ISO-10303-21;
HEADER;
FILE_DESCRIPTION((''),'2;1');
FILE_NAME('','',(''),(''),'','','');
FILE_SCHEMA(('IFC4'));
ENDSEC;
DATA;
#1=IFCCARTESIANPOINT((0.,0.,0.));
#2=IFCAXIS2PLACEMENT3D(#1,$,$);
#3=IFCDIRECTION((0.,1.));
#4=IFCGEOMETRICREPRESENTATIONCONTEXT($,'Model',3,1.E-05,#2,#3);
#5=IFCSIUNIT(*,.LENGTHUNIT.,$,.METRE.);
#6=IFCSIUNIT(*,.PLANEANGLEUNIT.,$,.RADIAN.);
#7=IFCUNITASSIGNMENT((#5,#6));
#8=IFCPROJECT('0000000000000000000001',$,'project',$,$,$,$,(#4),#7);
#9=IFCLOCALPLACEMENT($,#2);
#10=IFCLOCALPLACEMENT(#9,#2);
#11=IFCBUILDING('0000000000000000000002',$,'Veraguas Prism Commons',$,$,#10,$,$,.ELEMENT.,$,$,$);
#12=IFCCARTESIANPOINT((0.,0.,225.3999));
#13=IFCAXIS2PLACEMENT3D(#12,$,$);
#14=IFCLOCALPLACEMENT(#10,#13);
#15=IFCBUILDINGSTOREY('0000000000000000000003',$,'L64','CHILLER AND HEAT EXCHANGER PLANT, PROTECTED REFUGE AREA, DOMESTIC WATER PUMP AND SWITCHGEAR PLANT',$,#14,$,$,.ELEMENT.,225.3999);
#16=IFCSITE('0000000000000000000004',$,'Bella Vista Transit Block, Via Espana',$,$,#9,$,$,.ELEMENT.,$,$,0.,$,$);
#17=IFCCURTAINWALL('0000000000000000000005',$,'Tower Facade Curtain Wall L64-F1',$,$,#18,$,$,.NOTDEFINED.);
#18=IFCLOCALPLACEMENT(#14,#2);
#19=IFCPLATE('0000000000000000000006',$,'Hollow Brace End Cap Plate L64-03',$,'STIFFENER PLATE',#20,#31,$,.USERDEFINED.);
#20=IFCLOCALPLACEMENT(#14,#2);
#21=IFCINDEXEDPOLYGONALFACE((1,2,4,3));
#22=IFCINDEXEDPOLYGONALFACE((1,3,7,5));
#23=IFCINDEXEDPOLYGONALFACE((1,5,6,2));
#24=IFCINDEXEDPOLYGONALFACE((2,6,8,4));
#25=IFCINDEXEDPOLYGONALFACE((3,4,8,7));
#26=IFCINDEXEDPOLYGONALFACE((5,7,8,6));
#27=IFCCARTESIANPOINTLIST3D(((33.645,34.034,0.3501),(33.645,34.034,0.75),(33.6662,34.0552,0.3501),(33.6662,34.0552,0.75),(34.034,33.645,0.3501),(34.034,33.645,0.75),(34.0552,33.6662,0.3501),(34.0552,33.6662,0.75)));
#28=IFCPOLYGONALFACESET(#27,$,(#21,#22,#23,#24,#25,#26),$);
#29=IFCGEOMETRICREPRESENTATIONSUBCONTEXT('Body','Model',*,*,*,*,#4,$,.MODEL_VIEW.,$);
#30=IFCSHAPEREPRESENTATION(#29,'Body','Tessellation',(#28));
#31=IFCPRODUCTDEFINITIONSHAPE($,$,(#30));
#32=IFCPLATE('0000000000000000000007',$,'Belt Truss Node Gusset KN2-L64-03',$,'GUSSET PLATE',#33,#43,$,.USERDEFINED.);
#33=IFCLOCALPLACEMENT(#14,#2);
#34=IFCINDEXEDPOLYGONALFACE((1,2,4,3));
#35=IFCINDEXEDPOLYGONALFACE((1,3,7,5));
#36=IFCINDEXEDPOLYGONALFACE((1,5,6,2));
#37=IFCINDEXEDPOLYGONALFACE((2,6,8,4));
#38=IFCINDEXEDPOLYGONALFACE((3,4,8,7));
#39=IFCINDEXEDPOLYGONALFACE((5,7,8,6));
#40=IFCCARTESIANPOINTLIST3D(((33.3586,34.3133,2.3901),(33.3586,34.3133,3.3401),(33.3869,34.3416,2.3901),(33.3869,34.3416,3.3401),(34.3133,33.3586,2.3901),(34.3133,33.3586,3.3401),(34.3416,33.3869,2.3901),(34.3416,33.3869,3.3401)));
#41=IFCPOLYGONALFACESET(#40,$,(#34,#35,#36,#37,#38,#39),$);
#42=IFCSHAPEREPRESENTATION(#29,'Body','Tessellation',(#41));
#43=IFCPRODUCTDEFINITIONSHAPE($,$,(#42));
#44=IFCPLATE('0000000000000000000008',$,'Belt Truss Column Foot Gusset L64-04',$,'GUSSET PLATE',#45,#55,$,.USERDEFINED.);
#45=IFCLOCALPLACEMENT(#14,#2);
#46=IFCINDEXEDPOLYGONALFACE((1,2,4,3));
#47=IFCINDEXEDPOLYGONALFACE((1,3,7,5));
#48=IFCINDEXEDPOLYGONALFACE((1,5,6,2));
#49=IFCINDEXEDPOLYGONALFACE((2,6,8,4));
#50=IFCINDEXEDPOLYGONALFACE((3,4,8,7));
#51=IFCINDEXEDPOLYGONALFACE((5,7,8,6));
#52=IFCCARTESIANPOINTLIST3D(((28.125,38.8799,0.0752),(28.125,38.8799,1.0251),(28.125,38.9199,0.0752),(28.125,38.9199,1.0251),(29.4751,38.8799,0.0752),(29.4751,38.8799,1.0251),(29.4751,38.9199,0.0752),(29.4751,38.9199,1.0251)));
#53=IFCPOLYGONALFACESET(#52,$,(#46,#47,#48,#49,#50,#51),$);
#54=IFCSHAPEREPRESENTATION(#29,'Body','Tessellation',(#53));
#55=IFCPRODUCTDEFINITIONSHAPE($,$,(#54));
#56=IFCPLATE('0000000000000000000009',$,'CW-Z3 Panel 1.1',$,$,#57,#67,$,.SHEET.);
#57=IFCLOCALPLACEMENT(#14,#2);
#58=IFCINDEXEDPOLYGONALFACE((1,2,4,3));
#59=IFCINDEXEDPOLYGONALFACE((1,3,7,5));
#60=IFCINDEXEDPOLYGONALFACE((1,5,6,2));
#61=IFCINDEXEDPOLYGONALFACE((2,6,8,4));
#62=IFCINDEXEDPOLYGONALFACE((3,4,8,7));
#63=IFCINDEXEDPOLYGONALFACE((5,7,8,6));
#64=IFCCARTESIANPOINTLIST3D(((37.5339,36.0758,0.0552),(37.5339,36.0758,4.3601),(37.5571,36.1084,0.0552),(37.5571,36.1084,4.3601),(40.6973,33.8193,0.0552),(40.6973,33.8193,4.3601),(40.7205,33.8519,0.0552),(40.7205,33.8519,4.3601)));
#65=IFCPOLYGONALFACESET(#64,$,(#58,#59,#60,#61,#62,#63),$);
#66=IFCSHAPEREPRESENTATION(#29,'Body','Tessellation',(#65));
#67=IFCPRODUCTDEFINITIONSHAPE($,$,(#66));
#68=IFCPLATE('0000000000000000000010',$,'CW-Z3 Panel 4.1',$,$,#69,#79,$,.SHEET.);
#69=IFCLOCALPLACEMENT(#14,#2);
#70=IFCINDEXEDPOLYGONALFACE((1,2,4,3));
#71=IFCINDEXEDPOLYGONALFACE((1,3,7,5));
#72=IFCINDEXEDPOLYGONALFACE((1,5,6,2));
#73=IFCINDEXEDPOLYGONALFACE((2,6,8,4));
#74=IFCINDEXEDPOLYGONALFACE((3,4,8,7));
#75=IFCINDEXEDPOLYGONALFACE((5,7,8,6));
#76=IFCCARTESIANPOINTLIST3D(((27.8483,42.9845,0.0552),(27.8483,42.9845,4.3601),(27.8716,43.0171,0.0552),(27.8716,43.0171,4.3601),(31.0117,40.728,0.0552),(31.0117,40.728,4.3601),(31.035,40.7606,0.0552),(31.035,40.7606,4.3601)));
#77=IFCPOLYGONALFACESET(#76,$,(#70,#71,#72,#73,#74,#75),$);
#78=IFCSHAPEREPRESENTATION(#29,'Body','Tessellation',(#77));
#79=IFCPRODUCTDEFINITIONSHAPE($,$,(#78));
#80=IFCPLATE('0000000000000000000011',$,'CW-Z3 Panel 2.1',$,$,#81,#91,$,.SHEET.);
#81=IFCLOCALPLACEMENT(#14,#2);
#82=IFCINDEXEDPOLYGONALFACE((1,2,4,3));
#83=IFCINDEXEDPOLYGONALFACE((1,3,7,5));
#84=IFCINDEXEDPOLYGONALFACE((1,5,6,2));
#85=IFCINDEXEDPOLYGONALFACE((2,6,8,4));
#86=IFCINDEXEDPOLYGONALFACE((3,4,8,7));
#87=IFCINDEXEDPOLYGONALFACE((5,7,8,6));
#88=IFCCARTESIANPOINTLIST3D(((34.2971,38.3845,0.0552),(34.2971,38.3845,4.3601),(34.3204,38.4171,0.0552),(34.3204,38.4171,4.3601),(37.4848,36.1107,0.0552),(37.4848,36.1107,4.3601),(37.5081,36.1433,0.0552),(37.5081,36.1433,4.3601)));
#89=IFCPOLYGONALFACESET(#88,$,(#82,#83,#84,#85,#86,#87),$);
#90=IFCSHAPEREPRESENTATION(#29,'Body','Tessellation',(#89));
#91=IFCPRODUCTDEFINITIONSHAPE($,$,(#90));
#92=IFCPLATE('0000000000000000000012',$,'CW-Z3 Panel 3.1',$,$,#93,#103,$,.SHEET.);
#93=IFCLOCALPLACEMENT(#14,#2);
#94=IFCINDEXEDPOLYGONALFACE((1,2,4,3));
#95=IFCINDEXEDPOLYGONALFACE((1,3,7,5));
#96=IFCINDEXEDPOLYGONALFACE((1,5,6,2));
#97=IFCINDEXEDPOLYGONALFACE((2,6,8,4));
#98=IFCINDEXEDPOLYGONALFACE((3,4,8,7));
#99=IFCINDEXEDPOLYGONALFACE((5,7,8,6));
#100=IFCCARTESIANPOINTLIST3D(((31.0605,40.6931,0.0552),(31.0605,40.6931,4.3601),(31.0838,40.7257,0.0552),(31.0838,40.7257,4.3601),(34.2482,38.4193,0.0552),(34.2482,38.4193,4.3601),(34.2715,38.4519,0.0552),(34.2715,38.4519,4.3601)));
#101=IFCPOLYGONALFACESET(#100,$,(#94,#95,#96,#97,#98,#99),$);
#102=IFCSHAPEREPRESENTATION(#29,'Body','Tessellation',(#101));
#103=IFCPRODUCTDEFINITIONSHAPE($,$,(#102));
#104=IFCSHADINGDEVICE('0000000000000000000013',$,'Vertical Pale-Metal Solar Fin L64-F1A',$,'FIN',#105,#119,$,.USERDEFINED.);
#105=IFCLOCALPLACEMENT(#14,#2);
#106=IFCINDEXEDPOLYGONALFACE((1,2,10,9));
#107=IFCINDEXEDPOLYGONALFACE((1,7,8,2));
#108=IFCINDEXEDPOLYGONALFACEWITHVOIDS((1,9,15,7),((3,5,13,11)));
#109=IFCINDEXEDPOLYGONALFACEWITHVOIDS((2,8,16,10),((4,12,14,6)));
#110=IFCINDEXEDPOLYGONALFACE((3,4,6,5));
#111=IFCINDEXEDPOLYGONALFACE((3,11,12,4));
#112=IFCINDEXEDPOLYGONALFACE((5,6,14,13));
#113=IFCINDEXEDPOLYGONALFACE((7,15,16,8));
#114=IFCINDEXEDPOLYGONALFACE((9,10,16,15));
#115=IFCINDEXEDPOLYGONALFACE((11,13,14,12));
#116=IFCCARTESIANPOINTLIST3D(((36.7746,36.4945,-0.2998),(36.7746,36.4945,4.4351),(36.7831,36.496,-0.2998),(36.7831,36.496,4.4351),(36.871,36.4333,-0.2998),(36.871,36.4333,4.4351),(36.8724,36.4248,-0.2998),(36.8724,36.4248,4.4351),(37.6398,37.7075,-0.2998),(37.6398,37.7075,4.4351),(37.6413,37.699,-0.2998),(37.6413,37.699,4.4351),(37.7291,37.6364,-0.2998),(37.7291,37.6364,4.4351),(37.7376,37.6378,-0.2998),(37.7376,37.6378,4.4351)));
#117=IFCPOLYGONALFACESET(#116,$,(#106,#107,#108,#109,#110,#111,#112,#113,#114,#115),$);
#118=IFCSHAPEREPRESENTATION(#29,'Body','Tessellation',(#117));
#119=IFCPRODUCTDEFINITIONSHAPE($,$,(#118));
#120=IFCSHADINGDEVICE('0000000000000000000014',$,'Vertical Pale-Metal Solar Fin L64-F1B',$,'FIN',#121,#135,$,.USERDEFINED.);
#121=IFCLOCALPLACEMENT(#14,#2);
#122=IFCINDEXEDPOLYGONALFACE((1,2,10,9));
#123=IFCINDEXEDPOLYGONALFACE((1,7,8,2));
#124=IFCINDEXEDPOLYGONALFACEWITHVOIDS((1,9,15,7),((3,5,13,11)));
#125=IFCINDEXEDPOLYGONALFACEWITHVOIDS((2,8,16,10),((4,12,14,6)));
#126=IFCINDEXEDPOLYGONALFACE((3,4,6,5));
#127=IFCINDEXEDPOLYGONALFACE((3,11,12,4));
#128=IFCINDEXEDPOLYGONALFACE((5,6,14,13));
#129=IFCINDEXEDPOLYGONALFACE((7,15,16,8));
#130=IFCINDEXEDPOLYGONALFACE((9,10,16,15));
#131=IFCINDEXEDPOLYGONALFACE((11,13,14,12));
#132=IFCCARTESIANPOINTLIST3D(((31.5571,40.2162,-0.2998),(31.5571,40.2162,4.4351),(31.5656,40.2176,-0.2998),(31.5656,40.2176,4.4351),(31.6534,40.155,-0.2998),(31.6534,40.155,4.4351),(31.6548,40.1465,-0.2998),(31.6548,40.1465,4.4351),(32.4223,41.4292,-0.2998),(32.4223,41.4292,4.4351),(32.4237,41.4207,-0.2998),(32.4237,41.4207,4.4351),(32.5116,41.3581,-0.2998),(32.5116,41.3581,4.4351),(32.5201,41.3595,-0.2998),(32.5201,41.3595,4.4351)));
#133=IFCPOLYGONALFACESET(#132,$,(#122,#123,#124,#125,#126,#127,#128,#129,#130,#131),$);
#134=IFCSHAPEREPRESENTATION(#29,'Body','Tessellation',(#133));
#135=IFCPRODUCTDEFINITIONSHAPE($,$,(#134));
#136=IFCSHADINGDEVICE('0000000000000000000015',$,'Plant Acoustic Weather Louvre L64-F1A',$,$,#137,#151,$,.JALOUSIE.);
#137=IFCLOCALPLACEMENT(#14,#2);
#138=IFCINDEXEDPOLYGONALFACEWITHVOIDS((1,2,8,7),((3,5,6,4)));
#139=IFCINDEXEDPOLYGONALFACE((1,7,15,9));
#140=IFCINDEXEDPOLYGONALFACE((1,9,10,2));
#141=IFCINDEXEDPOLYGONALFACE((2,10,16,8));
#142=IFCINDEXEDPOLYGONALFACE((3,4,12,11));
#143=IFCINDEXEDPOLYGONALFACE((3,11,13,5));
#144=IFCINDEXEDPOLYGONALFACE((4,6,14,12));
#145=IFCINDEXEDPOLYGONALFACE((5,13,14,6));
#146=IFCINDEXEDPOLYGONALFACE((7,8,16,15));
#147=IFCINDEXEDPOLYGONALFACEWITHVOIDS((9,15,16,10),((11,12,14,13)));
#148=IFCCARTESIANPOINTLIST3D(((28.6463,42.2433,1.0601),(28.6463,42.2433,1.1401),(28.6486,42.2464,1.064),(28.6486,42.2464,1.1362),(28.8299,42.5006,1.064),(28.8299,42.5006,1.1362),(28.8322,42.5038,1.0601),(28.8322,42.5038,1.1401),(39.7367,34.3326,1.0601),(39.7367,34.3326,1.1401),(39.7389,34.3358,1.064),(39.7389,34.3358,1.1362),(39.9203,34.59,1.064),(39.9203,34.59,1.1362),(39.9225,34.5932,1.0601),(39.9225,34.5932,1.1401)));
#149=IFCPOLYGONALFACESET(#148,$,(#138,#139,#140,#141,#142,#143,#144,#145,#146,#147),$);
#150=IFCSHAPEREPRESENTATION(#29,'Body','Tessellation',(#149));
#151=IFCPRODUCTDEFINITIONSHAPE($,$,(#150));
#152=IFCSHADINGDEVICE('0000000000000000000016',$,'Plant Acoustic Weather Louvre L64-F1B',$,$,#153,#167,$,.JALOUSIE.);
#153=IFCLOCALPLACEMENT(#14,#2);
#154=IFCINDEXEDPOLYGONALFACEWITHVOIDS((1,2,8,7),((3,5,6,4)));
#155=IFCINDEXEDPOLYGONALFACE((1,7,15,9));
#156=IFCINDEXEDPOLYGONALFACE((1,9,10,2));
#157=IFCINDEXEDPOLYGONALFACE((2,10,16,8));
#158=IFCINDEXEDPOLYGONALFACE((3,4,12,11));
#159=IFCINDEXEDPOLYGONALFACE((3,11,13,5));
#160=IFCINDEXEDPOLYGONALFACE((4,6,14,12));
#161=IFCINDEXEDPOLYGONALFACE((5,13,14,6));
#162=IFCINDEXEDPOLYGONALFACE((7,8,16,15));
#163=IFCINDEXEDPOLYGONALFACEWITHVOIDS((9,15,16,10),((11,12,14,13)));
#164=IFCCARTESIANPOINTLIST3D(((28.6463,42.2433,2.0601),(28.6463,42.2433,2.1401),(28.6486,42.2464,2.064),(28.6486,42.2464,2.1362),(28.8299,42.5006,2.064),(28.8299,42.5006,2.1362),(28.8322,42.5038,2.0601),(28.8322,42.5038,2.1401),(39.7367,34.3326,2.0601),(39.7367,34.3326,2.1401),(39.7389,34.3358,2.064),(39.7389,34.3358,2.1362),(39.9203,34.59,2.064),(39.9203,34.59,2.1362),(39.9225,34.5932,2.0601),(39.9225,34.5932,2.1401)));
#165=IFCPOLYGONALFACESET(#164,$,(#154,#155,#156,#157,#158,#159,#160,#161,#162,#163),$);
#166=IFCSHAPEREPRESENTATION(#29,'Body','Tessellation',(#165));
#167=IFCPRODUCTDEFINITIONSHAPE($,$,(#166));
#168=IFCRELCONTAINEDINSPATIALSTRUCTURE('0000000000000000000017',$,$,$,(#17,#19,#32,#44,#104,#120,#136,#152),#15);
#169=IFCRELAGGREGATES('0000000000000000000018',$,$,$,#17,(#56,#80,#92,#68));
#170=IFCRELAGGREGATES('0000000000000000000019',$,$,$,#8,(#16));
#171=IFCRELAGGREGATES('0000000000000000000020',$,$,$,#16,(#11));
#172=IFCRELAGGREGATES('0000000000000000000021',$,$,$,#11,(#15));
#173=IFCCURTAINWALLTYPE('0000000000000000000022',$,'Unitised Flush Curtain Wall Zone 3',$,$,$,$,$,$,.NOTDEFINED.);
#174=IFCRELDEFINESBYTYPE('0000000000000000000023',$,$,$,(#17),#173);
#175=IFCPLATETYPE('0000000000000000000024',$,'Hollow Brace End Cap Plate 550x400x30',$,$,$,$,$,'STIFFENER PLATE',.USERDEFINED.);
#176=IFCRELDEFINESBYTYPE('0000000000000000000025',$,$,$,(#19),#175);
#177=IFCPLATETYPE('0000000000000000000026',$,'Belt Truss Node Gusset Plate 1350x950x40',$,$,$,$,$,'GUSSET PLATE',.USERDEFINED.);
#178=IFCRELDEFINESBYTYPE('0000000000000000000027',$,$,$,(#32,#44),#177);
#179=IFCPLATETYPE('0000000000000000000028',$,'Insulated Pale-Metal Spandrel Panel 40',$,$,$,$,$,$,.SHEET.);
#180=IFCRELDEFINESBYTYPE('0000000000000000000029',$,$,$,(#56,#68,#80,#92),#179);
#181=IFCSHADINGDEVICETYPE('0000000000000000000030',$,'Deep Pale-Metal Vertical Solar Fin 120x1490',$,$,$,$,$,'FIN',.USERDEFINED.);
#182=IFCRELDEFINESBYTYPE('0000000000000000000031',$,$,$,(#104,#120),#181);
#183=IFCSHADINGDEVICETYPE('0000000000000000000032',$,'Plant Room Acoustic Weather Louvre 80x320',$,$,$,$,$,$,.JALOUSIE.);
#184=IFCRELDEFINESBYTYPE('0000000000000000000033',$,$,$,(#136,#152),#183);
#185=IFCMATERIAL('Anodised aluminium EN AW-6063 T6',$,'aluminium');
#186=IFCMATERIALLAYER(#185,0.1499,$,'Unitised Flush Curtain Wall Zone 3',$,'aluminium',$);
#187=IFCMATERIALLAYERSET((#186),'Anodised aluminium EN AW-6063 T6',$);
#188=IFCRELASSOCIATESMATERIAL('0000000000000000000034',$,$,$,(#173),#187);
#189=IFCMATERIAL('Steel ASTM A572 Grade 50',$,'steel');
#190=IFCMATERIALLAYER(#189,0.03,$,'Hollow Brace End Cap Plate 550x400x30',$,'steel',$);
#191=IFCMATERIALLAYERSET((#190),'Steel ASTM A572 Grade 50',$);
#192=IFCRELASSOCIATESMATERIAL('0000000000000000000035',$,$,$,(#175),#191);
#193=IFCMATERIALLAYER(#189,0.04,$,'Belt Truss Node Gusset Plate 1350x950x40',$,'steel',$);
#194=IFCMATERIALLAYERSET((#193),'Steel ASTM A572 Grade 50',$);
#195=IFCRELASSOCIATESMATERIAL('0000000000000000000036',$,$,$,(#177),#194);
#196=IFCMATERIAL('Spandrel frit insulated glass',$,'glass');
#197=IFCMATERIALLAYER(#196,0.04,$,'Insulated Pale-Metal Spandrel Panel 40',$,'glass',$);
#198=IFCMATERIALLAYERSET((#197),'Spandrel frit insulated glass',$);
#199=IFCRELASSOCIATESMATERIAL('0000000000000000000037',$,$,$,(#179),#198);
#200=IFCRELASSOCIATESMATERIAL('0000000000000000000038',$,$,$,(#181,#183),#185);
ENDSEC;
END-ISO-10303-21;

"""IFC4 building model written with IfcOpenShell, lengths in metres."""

from ifc_helpers import new_model, si_unit, direction, frame, origin, origin_2d, place, context, subcontext, project, spatial, rectangle, hollow_rectangle, extrude, source, transform, mapped, material, layer, layer_set, material_profile, profile_set, type_object, element, aggregate, save


model = new_model("IFC4")

# Units and contexts
model_context = context("Model", 3, precision=1e-05, world=origin(), true_north=direction((0.0, 1.0)))
body_context = subcontext(model_context, "Body", "Model", "MODEL_VIEW")
ifc_project = project(units=[si_unit("LENGTHUNIT", "METRE"), si_unit("PLANEANGLEUNIT", "RADIAN")], contexts=[model_context])

# Site, building, storey
site_placement = place(None, origin())
site = spatial("IfcSite", under=ifc_project, at=site_placement, Name="Bella Vista Transit Block, Via Espana", CompositionType="ELEMENT", RefElevation=0.0)
building_placement = place(site_placement, origin())
building = spatial("IfcBuilding", under=site, at=building_placement, Name="Veraguas Prism Commons", CompositionType="ELEMENT")
storey_placement = place(building_placement, frame((0.0, 0.0, 225.3999)))
storey = spatial("IfcBuildingStorey", under=building, at=storey_placement, Name="L64", Description="CHILLER AND HEAT EXCHANGER PLANT, PROTECTED REFUGE AREA, DOMESTIC WATER PUMP AND SWITCHGEAR PLANT", CompositionType="ELEMENT", Elevation=225.3999)

# Curtain wall
ifc_material_1 = material(Name="Anodised aluminium EN AW-6063 T6", Category="aluminium")
ifc_layer_1 = layer(ifc_material_1, 0.1499, Name="Unitised Flush Curtain Wall Zone 3", Category="aluminium")
ifc_layer_set_1 = layer_set([ifc_layer_1], Name="Anodised aluminium EN AW-6063 T6")
curtain_wall_type = type_object("IfcCurtainWallType", Name="Unitised Flush Curtain Wall Zone 3", PredefinedType="NOTDEFINED", material=ifc_layer_set_1)
curtain_wall_placement = place(storey_placement, origin())
curtain_wall = element("IfcCurtainWall", 1, at=curtain_wall_placement, inside=storey, type_object=curtain_wall_type, Name="Tower Facade Curtain Wall L64-F1", PredefinedType="NOTDEFINED")

# Plates
ifc_material_2 = material(Name="Steel ASTM A572 Grade 50", Category="steel")
ifc_layer_2 = layer(ifc_material_2, 0.03, Name="Hollow Brace End Cap Plate 550x400x30", Category="steel")
ifc_layer_set_2 = layer_set([ifc_layer_2], Name="Steel ASTM A572 Grade 50")
plate_type_1 = type_object("IfcPlateType", Name="Hollow Brace End Cap Plate 550x400x30", ElementType="STIFFENER PLATE", PredefinedType="USERDEFINED", material=ifc_layer_set_2)
shared_shape_1 = source(origin(), body_context, "Body", "SweptSolid", [
    extrude(rectangle(XDim=0.55, YDim=0.03, at=origin_2d()), origin(), (0.0, 0.0, 1.0), 0.3999),
])
plate_1_placement = place(storey_placement, frame((33.8501, 33.8501, 0.3501), z_axis=(0.0, 0.0, 1.0), x_axis=(-0.707107, 0.707107, 0.0)))
element("IfcPlate", 2, at=plate_1_placement, inside=storey, type_object=plate_type_1, Name="Hollow Brace End Cap Plate L64-03", ObjectType="STIFFENER PLATE", PredefinedType="USERDEFINED", context=body_context, shape_type="MappedRepresentation", body=[
    mapped(shared_shape_1, transform((0.0, 0.0, 0.0), scale=1.0)),
])
ifc_layer_3 = layer(ifc_material_2, 0.04, Name="Belt Truss Node Gusset Plate 1350x950x40", Category="steel")
ifc_layer_set_3 = layer_set([ifc_layer_3], Name="Steel ASTM A572 Grade 50")
plate_type_2 = type_object("IfcPlateType", Name="Belt Truss Node Gusset Plate 1350x950x40", ElementType="GUSSET PLATE", PredefinedType="USERDEFINED", material=ifc_layer_set_3)
shared_shape_2 = source(origin(), body_context, "Body", "SweptSolid", [
    extrude(rectangle(XDim=1.3501, YDim=0.04, at=origin_2d()), origin(), (0.0, 0.0, 1.0), 0.95),
])
for number, where, z_axis, x_axis, name in (
    (3, (33.8501, 33.8501, 2.3901), (0.0, 0.0, 1.0), (-0.707107, 0.707107, 0.0), "Belt Truss Node Gusset KN2-L64-03"),
    (4, (28.8, 38.8999, 0.0752), (0.0, 0.0, 1.0), (-1.0, 0.0, 0.0), "Belt Truss Column Foot Gusset L64-04"),
):
    element("IfcPlate", number, at=place(storey_placement, frame(where, z_axis=z_axis, x_axis=x_axis)), inside=storey, type_object=plate_type_2, Name=name, ObjectType="GUSSET PLATE", PredefinedType="USERDEFINED", context=body_context, shape_type="MappedRepresentation", body=[
        mapped(shared_shape_2, transform((0.0, 0.0, 0.0), scale=1.0)),
    ])

# Plates
ifc_material_3 = material(Name="Spandrel frit insulated glass", Category="glass")
ifc_layer_4 = layer(ifc_material_3, 0.04, Name="Insulated Pale-Metal Spandrel Panel 40", Category="glass")
ifc_layer_set_4 = layer_set([ifc_layer_4], Name="Spandrel frit insulated glass")
plate_type_3 = type_object("IfcPlateType", Name="Insulated Pale-Metal Spandrel Panel 40", PredefinedType="SHEET", material=ifc_layer_set_4)
shared_shape_3 = source(origin(), body_context, "Body", "SweptSolid", [
    extrude(rectangle(XDim=3.8857, YDim=0.04, at=origin_2d()), origin(), (0.0, 0.0, 1.0), 4.3049),
])
plate_2_placement = place(storey_placement, frame((39.1272, 34.9639, 0.0552), z_axis=(0.0, 0.0, 1.0), x_axis=(-0.814113, 0.580706, 0.0)))
plate_2 = element("IfcPlate", 5, at=plate_2_placement, type_object=plate_type_3, Name="CW-Z3 Panel 1.1", PredefinedType="SHEET", context=body_context, shape_type="MappedRepresentation", body=[
    mapped(shared_shape_3, transform((0.0, 0.0, 0.0), scale=1.0)),
])
plate_3_placement = place(storey_placement, frame((29.4417, 41.8726, 0.0552), z_axis=(0.0, 0.0, 1.0), x_axis=(-0.814113, 0.580706, 0.0)))
plate_3 = element("IfcPlate", 6, at=plate_3_placement, type_object=plate_type_3, Name="CW-Z3 Panel 4.1", PredefinedType="SHEET", context=body_context, shape_type="MappedRepresentation", body=[
    mapped(shared_shape_3, transform((0.0, 0.0, 0.0), scale=1.0)),
])
shared_shape_4 = source(origin(), body_context, "Body", "SweptSolid", [
    extrude(rectangle(XDim=3.9155, YDim=0.04, at=origin_2d()), origin(), (0.0, 0.0, 1.0), 4.3049),
])
plate_4_placement = place(storey_placement, frame((35.9026, 37.2639, 0.0552), z_axis=(0.0, 0.0, 1.0), x_axis=(-0.814113, 0.580706, 0.0)))
plate_4 = element("IfcPlate", 7, at=plate_4_placement, type_object=plate_type_3, Name="CW-Z3 Panel 2.1", PredefinedType="SHEET", context=body_context, shape_type="MappedRepresentation", body=[
    mapped(shared_shape_4, transform((0.0, 0.0, 0.0), scale=1.0)),
])
plate_5_placement = place(storey_placement, frame((32.666, 39.5725, 0.0552), z_axis=(0.0, 0.0, 1.0), x_axis=(-0.814113, 0.580706, 0.0)))
plate_5 = element("IfcPlate", 8, at=plate_5_placement, type_object=plate_type_3, Name="CW-Z3 Panel 3.1", PredefinedType="SHEET", context=body_context, shape_type="MappedRepresentation", body=[
    mapped(shared_shape_4, transform((0.0, 0.0, 0.0), scale=1.0)),
])
aggregate(curtain_wall, [plate_2, plate_4, plate_5, plate_3])

# Shading devices
ifc_material_profile_1 = material_profile(ifc_material_1, hollow_rectangle(XDim=0.1201, YDim=1.49, WallThickness=0.0061, at=origin_2d()), Name="FIN120X1490X6")
ifc_profile_set_1 = profile_set([ifc_material_profile_1], Name="Anodised aluminium EN AW-6063 T6")
shading_device_type_1 = type_object("IfcShadingDeviceType", Name="Deep Pale-Metal Vertical Solar Fin 120x1490", ElementType="FIN", PredefinedType="USERDEFINED", material=ifc_profile_set_1)
for number, where, z_axis, x_axis, name in (
    (9, (37.2561, 37.0662, -0.2998), (0.0, 0.0, 1.0), (-0.814115, 0.580704, 0.0), "Vertical Pale-Metal Solar Fin L64-F1A"),
    (10, (32.0386, 40.7878, -0.2998), (0.0, 0.0, 1.0), (-0.814115, 0.580704, 0.0), "Vertical Pale-Metal Solar Fin L64-F1B"),
):
    element("IfcShadingDevice", number, at=place(storey_placement, frame(where, z_axis=z_axis, x_axis=x_axis)), inside=storey, type_object=shading_device_type_1, Name=name, ObjectType="FIN", PredefinedType="USERDEFINED", context=body_context, shape_type="SweptSolid", body=[
        extrude(hollow_rectangle(XDim=0.1201, YDim=1.49, WallThickness=0.0061, at=origin_2d()), origin(), (0.0, 0.0, 1.0), 4.7349),
    ])
ifc_material_profile_2 = material_profile(ifc_material_1, hollow_rectangle(XDim=0.0801, YDim=0.3201, WallThickness=0.0039, at=origin_2d()), Name="LVR80X320X4")
ifc_profile_set_2 = profile_set([ifc_material_profile_2], Name="Anodised aluminium EN AW-6063 T6")
shading_device_type_2 = type_object("IfcShadingDeviceType", Name="Plant Room Acoustic Weather Louvre 80x320", PredefinedType="JALOUSIE", material=ifc_profile_set_2)
for number, where, z_axis, x_axis, name in (
    (11, (39.8296, 34.4629, 1.1001), (-0.814116, 0.580702, 0.0), (0.0, 0.0, 1.0), "Plant Acoustic Weather Louvre L64-F1A"),
    (12, (39.8296, 34.4629, 2.1001), (-0.814116, 0.580702, 0.0), (0.0, 0.0, 1.0), "Plant Acoustic Weather Louvre L64-F1B"),
):
    element("IfcShadingDevice", number, at=place(storey_placement, frame(where, z_axis=z_axis, x_axis=x_axis)), inside=storey, type_object=shading_device_type_2, Name=name, PredefinedType="JALOUSIE", context=body_context, shape_type="SweptSolid", body=[
        extrude(hollow_rectangle(XDim=0.0801, YDim=0.3201, WallThickness=0.0039, at=origin_2d()), origin(), (0.0, 0.0, 1.0), 13.6226),
    ])

save(model, "model.ifc")
